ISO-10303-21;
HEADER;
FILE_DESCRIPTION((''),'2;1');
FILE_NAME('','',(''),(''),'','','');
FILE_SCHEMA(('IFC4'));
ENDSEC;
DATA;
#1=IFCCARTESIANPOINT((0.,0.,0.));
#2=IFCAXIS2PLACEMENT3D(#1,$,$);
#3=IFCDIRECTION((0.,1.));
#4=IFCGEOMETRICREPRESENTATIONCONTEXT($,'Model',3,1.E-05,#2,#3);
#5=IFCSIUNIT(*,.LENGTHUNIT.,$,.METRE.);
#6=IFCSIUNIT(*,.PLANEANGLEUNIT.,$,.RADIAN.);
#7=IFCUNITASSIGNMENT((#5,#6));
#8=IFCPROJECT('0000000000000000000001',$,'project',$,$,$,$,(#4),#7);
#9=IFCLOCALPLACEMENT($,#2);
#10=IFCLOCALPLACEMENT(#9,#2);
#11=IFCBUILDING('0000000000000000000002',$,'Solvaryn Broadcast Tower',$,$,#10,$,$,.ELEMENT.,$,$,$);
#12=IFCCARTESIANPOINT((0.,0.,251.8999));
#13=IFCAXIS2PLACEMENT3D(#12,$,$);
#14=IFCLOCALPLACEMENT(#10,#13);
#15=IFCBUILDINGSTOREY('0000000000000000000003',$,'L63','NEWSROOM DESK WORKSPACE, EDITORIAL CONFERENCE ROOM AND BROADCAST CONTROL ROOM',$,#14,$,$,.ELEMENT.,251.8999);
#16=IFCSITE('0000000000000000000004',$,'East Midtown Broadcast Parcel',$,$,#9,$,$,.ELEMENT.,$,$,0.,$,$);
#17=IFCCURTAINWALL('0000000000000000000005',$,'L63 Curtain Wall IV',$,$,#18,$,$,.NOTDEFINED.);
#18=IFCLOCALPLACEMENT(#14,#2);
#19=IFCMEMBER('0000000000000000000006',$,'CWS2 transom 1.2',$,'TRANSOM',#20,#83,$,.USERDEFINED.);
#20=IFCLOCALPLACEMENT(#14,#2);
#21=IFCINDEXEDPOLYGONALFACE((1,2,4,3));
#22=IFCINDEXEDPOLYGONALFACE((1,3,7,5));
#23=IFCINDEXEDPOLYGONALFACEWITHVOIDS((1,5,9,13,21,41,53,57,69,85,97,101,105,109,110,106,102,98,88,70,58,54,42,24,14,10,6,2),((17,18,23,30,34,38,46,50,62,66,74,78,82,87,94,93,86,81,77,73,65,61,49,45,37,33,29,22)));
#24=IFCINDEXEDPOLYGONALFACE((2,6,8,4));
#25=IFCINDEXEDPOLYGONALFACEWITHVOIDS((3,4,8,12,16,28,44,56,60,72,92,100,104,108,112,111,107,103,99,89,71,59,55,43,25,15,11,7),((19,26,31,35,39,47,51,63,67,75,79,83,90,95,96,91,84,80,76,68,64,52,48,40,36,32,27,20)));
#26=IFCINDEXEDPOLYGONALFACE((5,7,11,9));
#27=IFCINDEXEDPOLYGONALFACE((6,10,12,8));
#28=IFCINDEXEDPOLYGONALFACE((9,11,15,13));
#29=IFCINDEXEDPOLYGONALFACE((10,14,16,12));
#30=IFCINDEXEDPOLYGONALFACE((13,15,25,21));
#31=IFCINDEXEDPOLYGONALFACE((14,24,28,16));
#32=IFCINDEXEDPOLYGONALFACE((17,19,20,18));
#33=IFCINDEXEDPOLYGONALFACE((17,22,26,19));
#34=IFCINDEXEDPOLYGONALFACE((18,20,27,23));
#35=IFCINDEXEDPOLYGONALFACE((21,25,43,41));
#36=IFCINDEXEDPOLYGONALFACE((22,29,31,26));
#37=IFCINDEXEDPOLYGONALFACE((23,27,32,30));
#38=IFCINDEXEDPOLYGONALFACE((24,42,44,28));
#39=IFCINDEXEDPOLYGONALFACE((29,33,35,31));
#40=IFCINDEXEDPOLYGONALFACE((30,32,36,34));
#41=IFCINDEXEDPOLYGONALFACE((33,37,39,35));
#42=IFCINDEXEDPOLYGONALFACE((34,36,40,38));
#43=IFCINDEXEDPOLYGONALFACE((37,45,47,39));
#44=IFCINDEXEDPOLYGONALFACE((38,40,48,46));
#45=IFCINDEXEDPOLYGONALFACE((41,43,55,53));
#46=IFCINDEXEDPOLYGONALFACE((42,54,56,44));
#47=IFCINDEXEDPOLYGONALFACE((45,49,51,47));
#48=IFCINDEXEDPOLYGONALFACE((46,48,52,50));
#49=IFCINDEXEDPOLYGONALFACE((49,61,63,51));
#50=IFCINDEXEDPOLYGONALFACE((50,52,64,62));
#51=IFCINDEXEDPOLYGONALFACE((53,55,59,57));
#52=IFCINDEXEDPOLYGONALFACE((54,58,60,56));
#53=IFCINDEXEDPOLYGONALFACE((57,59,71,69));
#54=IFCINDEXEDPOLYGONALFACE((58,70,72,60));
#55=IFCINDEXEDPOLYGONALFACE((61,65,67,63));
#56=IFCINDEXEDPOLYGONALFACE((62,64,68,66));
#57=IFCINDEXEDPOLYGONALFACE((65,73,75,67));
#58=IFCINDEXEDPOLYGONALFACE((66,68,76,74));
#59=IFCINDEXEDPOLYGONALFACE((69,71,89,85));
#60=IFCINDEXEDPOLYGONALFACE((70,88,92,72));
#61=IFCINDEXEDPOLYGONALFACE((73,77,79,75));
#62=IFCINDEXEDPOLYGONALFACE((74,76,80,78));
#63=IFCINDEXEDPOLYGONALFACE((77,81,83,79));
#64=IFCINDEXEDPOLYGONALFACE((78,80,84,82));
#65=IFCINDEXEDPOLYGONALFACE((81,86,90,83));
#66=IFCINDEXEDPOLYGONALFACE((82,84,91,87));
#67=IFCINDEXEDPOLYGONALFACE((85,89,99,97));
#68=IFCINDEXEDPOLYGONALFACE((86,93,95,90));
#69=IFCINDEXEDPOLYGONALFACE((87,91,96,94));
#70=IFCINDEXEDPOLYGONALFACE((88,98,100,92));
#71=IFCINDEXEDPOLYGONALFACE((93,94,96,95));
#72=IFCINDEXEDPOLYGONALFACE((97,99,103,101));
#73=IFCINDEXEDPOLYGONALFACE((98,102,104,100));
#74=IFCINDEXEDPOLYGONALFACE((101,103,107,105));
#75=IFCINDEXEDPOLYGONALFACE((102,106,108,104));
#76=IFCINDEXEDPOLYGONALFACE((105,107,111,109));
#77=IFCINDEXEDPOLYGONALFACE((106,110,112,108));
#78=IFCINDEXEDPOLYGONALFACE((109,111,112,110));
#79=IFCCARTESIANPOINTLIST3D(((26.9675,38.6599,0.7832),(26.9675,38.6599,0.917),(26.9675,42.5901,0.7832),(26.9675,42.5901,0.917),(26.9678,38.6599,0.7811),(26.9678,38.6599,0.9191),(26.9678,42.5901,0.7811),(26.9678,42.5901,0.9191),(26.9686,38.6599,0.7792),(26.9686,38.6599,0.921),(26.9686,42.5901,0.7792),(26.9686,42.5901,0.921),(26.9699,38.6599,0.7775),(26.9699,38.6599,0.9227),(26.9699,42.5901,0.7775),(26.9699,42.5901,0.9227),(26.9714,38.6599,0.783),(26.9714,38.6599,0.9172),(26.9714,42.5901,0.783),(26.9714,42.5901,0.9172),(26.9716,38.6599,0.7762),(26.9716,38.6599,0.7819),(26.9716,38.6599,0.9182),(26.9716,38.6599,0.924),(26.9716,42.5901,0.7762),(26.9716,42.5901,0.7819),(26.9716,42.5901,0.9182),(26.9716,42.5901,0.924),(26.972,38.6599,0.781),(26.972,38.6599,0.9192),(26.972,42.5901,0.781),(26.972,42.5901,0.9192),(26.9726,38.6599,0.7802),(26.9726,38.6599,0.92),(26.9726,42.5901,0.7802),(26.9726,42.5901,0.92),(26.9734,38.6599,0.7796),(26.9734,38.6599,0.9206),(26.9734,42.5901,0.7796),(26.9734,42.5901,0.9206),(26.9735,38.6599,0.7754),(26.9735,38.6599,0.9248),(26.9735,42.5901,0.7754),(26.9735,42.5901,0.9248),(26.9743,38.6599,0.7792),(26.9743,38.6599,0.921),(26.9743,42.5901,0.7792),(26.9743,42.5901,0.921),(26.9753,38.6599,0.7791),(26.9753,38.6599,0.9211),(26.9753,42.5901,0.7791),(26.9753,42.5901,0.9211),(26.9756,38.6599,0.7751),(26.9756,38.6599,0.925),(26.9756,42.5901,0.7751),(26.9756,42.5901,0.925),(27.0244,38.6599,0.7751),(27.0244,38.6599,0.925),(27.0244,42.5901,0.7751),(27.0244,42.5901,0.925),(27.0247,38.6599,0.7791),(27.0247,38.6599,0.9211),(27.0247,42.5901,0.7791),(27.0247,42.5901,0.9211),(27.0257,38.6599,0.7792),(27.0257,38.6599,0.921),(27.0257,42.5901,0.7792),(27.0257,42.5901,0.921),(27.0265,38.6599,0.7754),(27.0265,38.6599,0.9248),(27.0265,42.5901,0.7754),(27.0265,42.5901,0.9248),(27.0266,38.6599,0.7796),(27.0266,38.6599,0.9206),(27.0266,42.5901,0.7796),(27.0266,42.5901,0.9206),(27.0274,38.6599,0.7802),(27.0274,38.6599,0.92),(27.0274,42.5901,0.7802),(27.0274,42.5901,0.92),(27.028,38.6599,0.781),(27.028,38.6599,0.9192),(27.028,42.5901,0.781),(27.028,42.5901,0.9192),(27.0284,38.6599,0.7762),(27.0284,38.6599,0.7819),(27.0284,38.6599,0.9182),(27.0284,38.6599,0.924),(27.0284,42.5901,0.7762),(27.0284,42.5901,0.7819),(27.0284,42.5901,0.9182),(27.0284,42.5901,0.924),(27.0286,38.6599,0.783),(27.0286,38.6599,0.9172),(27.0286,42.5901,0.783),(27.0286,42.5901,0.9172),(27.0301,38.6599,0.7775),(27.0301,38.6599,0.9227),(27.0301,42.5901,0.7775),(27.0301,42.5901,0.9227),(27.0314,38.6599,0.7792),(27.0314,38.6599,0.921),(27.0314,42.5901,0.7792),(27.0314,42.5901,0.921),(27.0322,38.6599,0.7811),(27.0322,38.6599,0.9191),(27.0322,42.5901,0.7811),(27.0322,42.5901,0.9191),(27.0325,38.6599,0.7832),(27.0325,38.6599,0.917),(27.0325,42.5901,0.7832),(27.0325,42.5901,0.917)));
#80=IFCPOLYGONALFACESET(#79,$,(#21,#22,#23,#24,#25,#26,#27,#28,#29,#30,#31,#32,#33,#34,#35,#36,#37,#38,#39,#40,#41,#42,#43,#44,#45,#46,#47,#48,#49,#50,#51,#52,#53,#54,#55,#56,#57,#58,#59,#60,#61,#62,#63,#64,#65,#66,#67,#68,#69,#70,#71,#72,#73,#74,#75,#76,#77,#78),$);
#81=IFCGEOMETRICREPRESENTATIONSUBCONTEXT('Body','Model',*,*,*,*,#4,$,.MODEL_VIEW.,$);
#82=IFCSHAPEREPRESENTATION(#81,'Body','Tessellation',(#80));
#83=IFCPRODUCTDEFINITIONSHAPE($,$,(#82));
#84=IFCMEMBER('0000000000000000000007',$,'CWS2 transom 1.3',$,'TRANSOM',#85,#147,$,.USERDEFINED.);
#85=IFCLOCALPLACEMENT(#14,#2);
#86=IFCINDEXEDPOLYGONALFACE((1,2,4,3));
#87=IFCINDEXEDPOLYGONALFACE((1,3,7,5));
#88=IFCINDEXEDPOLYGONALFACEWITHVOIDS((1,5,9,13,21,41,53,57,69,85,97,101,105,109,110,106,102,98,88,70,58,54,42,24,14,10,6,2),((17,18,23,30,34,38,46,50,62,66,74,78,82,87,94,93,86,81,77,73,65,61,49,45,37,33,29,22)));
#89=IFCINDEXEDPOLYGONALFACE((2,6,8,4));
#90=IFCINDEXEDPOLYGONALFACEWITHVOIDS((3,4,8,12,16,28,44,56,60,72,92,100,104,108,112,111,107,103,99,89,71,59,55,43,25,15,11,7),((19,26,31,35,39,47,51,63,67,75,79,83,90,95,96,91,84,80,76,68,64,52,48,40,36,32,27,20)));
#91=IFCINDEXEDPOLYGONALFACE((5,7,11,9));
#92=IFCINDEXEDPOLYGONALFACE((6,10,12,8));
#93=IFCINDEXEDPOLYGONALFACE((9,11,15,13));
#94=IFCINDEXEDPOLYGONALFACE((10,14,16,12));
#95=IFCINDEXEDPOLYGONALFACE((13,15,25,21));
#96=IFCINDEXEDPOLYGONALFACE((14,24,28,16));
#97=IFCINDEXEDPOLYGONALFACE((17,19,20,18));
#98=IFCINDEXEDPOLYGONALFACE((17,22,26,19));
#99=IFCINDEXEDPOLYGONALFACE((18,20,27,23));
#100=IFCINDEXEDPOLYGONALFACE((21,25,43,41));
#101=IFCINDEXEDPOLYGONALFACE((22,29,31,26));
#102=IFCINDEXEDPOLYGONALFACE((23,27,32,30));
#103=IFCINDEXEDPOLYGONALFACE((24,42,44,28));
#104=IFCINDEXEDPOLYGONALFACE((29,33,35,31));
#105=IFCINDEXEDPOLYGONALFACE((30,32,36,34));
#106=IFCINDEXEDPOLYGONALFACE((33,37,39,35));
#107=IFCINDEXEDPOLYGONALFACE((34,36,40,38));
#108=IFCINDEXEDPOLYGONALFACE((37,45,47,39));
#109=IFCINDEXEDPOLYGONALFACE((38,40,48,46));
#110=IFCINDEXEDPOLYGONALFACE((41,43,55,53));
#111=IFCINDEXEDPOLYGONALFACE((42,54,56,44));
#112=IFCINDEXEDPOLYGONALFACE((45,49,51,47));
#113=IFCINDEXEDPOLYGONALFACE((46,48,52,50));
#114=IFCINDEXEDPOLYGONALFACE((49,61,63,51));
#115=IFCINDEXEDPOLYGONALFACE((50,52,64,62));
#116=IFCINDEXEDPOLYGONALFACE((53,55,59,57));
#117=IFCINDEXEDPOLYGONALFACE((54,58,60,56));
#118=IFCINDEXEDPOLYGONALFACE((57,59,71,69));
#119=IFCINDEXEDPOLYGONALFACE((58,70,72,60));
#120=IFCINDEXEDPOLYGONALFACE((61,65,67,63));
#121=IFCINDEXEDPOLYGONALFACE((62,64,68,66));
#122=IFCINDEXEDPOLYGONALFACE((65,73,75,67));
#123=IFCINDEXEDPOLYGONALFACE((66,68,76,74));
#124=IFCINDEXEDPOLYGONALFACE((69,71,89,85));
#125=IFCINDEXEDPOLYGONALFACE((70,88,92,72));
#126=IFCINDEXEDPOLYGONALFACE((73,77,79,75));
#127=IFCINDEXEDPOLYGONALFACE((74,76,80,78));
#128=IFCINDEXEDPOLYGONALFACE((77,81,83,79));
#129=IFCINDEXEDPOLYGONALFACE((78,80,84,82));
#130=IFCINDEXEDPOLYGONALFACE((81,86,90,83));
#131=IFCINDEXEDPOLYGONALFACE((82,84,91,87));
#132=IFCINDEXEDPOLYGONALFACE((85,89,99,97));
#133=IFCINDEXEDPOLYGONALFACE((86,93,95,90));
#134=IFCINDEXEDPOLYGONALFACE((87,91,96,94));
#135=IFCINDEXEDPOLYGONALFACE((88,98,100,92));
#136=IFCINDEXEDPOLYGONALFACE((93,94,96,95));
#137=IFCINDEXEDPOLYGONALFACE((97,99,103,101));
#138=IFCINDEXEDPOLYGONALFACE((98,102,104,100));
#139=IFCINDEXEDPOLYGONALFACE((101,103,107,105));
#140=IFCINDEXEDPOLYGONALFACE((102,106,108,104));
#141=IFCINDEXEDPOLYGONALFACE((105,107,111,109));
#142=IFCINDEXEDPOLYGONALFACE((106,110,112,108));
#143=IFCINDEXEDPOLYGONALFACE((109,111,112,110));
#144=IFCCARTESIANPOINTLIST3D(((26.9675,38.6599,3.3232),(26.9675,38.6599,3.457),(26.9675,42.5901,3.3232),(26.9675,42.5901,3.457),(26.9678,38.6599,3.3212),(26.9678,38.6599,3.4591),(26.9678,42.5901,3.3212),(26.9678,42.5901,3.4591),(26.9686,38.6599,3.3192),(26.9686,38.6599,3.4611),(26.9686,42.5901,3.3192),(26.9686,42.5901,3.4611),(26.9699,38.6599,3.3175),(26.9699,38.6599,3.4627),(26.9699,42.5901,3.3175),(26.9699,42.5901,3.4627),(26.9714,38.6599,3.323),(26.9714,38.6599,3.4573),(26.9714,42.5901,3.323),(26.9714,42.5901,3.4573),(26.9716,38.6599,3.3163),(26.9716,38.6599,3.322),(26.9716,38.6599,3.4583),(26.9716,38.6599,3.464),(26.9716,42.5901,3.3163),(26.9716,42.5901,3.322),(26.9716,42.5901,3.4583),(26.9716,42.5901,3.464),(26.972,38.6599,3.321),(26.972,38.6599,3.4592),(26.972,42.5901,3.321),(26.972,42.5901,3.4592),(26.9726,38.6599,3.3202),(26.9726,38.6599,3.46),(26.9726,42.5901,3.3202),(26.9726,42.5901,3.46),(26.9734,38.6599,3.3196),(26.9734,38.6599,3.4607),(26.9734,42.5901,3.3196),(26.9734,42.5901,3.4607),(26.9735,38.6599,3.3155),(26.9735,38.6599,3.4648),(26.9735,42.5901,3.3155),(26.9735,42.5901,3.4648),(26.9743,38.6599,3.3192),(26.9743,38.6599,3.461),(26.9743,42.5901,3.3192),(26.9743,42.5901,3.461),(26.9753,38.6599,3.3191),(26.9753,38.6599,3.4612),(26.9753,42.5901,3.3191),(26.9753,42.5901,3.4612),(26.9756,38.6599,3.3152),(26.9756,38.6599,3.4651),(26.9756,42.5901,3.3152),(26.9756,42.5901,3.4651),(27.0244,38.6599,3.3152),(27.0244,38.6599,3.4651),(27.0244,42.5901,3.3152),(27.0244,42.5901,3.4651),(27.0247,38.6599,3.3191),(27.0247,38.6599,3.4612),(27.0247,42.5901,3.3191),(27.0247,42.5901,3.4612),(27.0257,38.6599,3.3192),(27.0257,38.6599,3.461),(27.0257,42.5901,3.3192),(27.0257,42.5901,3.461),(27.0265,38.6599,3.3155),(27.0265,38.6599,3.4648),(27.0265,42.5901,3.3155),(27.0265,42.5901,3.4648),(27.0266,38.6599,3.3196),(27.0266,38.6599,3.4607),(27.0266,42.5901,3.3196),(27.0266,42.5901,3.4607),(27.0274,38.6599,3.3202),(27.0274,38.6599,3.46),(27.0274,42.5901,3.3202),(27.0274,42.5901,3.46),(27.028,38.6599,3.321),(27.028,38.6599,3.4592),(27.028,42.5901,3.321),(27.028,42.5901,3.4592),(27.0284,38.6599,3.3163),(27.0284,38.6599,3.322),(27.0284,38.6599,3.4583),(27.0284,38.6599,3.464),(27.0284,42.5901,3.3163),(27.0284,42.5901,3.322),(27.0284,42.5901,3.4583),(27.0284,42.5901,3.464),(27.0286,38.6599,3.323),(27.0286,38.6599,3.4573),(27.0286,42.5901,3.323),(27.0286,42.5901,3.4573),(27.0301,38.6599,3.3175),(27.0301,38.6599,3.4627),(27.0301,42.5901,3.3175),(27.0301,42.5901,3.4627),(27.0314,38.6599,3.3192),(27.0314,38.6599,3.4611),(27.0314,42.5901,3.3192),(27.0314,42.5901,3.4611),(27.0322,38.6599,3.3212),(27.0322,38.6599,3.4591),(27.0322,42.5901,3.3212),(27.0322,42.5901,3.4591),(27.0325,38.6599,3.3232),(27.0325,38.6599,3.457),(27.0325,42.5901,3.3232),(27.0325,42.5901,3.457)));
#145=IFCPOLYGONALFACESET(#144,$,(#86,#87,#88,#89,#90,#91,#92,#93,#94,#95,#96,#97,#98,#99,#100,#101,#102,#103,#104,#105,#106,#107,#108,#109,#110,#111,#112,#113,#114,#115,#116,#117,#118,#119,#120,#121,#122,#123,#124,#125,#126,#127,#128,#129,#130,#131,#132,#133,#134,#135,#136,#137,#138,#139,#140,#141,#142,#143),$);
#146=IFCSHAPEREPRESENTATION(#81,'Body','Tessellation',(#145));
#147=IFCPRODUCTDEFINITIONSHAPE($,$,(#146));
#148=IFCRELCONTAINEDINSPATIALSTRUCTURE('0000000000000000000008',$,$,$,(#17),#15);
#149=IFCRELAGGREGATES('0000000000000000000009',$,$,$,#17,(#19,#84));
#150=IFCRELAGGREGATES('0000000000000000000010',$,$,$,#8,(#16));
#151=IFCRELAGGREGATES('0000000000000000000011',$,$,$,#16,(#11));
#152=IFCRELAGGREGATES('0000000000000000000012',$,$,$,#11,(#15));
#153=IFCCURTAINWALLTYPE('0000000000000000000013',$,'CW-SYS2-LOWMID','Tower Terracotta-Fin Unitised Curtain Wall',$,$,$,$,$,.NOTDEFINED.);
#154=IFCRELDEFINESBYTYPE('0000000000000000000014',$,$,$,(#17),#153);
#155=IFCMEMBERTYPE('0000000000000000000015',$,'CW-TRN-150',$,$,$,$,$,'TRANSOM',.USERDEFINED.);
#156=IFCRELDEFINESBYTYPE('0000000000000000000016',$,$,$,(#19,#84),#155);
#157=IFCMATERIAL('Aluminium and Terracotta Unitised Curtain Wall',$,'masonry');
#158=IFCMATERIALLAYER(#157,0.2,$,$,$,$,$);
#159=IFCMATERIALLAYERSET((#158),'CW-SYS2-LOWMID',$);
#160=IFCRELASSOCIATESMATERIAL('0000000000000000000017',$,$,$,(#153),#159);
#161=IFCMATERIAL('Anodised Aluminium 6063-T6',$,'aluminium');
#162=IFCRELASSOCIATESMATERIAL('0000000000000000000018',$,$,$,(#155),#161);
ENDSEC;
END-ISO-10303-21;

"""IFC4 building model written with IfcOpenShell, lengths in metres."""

from ifc_helpers import new_model, si_unit, direction, frame, origin, origin_2d, place, context, subcontext, project, spatial, hollow_rectangle, extrude, material, layer, layer_set, material_profile, profile_set, type_object, element, aggregate, save


model = new_model("IFC4")

# Units and contexts
model_context = context("Model", 3, precision=1e-05, world=origin(), true_north=direction((0.0, 1.0)))
body_context = subcontext(model_context, "Body", "Model", "MODEL_VIEW")
ifc_project = project(units=[si_unit("LENGTHUNIT", "METRE"), si_unit("PLANEANGLEUNIT", "RADIAN")], contexts=[model_context])

# Site, building, storey
site_placement = place(None, origin())
site = spatial("IfcSite", under=ifc_project, at=site_placement, Name="East Midtown Broadcast Parcel", CompositionType="ELEMENT", RefElevation=0.0)
building_placement = place(site_placement, origin())
building = spatial("IfcBuilding", under=site, at=building_placement, Name="Solvaryn Broadcast Tower", CompositionType="ELEMENT")
storey_placement = place(building_placement, frame((0.0, 0.0, 251.8999)))
storey = spatial("IfcBuildingStorey", under=building, at=storey_placement, Name="L63", Description="NEWSROOM DESK WORKSPACE, EDITORIAL CONFERENCE ROOM AND BROADCAST CONTROL ROOM", CompositionType="ELEMENT", Elevation=251.8999)

# Curtain wall
ifc_material_1 = material(Name="Aluminium and Terracotta Unitised Curtain Wall", Category="masonry")
ifc_layer_1 = layer(ifc_material_1, 0.2)
ifc_layer_set_1 = layer_set([ifc_layer_1], Name="CW-SYS2-LOWMID")
curtain_wall_type = type_object("IfcCurtainWallType", Name="CW-SYS2-LOWMID", Description="Tower Terracotta-Fin Unitised Curtain Wall", PredefinedType="NOTDEFINED", material=ifc_layer_set_1)
curtain_wall_1_placement = place(storey_placement, origin())
curtain_wall_1 = element("IfcCurtainWall", 1, at=curtain_wall_1_placement, inside=storey, type_object=curtain_wall_type, Name="L63 Curtain Wall IV", PredefinedType="NOTDEFINED")

# Members
ifc_material_2 = material(Name="Anodised Aluminium 6063-T6", Category="aluminium")
ifc_material_profile_1 = material_profile(ifc_material_2, hollow_rectangle(XDim=0.0649, YDim=0.1499, WallThickness=0.0039, InnerFilletRadius=0.0039, OuterFilletRadius=0.0081, at=origin_2d()))
ifc_profile_set_1 = profile_set([ifc_material_profile_1], Name="Anodised Aluminium 6063-T6")
member_type_1 = type_object("IfcMemberType", Name="CW-TRN-150", ElementType="TRANSOM", PredefinedType="USERDEFINED", material=ifc_profile_set_1)
member_1_placement = place(storey_placement, frame((27.0, 42.5901, 0.8501), z_axis=(0.0, -1.0, 0.0), x_axis=(1.0, 0.0, 0.0)))
member_1 = element("IfcMember", 2, at=member_1_placement, type_object=member_type_1, Name="CWS2 transom 1.2", ObjectType="TRANSOM", PredefinedType="USERDEFINED", context=body_context, shape_type="SweptSolid", body=[
    extrude(hollow_rectangle(XDim=0.0649, YDim=0.1499, WallThickness=0.0039, InnerFilletRadius=0.0039, OuterFilletRadius=0.0081, at=origin_2d()), origin(), (0.0, 0.0, 1.0), 3.9302),
])
member_2_placement = place(storey_placement, frame((27.0, 42.5901, 3.3901), z_axis=(0.0, -1.0, 0.0), x_axis=(1.0, 0.0, 0.0)))
member_2 = element("IfcMember", 3, at=member_2_placement, type_object=member_type_1, Name="CWS2 transom 1.3", ObjectType="TRANSOM", PredefinedType="USERDEFINED", context=body_context, shape_type="SweptSolid", body=[
    extrude(hollow_rectangle(XDim=0.0649, YDim=0.1499, WallThickness=0.0039, InnerFilletRadius=0.0039, OuterFilletRadius=0.0081, at=origin_2d()), origin(), (0.0, 0.0, 1.0), 3.9302),
])

aggregate(curtain_wall_1, [member_1, member_2])

save(model, "model.ifc")
